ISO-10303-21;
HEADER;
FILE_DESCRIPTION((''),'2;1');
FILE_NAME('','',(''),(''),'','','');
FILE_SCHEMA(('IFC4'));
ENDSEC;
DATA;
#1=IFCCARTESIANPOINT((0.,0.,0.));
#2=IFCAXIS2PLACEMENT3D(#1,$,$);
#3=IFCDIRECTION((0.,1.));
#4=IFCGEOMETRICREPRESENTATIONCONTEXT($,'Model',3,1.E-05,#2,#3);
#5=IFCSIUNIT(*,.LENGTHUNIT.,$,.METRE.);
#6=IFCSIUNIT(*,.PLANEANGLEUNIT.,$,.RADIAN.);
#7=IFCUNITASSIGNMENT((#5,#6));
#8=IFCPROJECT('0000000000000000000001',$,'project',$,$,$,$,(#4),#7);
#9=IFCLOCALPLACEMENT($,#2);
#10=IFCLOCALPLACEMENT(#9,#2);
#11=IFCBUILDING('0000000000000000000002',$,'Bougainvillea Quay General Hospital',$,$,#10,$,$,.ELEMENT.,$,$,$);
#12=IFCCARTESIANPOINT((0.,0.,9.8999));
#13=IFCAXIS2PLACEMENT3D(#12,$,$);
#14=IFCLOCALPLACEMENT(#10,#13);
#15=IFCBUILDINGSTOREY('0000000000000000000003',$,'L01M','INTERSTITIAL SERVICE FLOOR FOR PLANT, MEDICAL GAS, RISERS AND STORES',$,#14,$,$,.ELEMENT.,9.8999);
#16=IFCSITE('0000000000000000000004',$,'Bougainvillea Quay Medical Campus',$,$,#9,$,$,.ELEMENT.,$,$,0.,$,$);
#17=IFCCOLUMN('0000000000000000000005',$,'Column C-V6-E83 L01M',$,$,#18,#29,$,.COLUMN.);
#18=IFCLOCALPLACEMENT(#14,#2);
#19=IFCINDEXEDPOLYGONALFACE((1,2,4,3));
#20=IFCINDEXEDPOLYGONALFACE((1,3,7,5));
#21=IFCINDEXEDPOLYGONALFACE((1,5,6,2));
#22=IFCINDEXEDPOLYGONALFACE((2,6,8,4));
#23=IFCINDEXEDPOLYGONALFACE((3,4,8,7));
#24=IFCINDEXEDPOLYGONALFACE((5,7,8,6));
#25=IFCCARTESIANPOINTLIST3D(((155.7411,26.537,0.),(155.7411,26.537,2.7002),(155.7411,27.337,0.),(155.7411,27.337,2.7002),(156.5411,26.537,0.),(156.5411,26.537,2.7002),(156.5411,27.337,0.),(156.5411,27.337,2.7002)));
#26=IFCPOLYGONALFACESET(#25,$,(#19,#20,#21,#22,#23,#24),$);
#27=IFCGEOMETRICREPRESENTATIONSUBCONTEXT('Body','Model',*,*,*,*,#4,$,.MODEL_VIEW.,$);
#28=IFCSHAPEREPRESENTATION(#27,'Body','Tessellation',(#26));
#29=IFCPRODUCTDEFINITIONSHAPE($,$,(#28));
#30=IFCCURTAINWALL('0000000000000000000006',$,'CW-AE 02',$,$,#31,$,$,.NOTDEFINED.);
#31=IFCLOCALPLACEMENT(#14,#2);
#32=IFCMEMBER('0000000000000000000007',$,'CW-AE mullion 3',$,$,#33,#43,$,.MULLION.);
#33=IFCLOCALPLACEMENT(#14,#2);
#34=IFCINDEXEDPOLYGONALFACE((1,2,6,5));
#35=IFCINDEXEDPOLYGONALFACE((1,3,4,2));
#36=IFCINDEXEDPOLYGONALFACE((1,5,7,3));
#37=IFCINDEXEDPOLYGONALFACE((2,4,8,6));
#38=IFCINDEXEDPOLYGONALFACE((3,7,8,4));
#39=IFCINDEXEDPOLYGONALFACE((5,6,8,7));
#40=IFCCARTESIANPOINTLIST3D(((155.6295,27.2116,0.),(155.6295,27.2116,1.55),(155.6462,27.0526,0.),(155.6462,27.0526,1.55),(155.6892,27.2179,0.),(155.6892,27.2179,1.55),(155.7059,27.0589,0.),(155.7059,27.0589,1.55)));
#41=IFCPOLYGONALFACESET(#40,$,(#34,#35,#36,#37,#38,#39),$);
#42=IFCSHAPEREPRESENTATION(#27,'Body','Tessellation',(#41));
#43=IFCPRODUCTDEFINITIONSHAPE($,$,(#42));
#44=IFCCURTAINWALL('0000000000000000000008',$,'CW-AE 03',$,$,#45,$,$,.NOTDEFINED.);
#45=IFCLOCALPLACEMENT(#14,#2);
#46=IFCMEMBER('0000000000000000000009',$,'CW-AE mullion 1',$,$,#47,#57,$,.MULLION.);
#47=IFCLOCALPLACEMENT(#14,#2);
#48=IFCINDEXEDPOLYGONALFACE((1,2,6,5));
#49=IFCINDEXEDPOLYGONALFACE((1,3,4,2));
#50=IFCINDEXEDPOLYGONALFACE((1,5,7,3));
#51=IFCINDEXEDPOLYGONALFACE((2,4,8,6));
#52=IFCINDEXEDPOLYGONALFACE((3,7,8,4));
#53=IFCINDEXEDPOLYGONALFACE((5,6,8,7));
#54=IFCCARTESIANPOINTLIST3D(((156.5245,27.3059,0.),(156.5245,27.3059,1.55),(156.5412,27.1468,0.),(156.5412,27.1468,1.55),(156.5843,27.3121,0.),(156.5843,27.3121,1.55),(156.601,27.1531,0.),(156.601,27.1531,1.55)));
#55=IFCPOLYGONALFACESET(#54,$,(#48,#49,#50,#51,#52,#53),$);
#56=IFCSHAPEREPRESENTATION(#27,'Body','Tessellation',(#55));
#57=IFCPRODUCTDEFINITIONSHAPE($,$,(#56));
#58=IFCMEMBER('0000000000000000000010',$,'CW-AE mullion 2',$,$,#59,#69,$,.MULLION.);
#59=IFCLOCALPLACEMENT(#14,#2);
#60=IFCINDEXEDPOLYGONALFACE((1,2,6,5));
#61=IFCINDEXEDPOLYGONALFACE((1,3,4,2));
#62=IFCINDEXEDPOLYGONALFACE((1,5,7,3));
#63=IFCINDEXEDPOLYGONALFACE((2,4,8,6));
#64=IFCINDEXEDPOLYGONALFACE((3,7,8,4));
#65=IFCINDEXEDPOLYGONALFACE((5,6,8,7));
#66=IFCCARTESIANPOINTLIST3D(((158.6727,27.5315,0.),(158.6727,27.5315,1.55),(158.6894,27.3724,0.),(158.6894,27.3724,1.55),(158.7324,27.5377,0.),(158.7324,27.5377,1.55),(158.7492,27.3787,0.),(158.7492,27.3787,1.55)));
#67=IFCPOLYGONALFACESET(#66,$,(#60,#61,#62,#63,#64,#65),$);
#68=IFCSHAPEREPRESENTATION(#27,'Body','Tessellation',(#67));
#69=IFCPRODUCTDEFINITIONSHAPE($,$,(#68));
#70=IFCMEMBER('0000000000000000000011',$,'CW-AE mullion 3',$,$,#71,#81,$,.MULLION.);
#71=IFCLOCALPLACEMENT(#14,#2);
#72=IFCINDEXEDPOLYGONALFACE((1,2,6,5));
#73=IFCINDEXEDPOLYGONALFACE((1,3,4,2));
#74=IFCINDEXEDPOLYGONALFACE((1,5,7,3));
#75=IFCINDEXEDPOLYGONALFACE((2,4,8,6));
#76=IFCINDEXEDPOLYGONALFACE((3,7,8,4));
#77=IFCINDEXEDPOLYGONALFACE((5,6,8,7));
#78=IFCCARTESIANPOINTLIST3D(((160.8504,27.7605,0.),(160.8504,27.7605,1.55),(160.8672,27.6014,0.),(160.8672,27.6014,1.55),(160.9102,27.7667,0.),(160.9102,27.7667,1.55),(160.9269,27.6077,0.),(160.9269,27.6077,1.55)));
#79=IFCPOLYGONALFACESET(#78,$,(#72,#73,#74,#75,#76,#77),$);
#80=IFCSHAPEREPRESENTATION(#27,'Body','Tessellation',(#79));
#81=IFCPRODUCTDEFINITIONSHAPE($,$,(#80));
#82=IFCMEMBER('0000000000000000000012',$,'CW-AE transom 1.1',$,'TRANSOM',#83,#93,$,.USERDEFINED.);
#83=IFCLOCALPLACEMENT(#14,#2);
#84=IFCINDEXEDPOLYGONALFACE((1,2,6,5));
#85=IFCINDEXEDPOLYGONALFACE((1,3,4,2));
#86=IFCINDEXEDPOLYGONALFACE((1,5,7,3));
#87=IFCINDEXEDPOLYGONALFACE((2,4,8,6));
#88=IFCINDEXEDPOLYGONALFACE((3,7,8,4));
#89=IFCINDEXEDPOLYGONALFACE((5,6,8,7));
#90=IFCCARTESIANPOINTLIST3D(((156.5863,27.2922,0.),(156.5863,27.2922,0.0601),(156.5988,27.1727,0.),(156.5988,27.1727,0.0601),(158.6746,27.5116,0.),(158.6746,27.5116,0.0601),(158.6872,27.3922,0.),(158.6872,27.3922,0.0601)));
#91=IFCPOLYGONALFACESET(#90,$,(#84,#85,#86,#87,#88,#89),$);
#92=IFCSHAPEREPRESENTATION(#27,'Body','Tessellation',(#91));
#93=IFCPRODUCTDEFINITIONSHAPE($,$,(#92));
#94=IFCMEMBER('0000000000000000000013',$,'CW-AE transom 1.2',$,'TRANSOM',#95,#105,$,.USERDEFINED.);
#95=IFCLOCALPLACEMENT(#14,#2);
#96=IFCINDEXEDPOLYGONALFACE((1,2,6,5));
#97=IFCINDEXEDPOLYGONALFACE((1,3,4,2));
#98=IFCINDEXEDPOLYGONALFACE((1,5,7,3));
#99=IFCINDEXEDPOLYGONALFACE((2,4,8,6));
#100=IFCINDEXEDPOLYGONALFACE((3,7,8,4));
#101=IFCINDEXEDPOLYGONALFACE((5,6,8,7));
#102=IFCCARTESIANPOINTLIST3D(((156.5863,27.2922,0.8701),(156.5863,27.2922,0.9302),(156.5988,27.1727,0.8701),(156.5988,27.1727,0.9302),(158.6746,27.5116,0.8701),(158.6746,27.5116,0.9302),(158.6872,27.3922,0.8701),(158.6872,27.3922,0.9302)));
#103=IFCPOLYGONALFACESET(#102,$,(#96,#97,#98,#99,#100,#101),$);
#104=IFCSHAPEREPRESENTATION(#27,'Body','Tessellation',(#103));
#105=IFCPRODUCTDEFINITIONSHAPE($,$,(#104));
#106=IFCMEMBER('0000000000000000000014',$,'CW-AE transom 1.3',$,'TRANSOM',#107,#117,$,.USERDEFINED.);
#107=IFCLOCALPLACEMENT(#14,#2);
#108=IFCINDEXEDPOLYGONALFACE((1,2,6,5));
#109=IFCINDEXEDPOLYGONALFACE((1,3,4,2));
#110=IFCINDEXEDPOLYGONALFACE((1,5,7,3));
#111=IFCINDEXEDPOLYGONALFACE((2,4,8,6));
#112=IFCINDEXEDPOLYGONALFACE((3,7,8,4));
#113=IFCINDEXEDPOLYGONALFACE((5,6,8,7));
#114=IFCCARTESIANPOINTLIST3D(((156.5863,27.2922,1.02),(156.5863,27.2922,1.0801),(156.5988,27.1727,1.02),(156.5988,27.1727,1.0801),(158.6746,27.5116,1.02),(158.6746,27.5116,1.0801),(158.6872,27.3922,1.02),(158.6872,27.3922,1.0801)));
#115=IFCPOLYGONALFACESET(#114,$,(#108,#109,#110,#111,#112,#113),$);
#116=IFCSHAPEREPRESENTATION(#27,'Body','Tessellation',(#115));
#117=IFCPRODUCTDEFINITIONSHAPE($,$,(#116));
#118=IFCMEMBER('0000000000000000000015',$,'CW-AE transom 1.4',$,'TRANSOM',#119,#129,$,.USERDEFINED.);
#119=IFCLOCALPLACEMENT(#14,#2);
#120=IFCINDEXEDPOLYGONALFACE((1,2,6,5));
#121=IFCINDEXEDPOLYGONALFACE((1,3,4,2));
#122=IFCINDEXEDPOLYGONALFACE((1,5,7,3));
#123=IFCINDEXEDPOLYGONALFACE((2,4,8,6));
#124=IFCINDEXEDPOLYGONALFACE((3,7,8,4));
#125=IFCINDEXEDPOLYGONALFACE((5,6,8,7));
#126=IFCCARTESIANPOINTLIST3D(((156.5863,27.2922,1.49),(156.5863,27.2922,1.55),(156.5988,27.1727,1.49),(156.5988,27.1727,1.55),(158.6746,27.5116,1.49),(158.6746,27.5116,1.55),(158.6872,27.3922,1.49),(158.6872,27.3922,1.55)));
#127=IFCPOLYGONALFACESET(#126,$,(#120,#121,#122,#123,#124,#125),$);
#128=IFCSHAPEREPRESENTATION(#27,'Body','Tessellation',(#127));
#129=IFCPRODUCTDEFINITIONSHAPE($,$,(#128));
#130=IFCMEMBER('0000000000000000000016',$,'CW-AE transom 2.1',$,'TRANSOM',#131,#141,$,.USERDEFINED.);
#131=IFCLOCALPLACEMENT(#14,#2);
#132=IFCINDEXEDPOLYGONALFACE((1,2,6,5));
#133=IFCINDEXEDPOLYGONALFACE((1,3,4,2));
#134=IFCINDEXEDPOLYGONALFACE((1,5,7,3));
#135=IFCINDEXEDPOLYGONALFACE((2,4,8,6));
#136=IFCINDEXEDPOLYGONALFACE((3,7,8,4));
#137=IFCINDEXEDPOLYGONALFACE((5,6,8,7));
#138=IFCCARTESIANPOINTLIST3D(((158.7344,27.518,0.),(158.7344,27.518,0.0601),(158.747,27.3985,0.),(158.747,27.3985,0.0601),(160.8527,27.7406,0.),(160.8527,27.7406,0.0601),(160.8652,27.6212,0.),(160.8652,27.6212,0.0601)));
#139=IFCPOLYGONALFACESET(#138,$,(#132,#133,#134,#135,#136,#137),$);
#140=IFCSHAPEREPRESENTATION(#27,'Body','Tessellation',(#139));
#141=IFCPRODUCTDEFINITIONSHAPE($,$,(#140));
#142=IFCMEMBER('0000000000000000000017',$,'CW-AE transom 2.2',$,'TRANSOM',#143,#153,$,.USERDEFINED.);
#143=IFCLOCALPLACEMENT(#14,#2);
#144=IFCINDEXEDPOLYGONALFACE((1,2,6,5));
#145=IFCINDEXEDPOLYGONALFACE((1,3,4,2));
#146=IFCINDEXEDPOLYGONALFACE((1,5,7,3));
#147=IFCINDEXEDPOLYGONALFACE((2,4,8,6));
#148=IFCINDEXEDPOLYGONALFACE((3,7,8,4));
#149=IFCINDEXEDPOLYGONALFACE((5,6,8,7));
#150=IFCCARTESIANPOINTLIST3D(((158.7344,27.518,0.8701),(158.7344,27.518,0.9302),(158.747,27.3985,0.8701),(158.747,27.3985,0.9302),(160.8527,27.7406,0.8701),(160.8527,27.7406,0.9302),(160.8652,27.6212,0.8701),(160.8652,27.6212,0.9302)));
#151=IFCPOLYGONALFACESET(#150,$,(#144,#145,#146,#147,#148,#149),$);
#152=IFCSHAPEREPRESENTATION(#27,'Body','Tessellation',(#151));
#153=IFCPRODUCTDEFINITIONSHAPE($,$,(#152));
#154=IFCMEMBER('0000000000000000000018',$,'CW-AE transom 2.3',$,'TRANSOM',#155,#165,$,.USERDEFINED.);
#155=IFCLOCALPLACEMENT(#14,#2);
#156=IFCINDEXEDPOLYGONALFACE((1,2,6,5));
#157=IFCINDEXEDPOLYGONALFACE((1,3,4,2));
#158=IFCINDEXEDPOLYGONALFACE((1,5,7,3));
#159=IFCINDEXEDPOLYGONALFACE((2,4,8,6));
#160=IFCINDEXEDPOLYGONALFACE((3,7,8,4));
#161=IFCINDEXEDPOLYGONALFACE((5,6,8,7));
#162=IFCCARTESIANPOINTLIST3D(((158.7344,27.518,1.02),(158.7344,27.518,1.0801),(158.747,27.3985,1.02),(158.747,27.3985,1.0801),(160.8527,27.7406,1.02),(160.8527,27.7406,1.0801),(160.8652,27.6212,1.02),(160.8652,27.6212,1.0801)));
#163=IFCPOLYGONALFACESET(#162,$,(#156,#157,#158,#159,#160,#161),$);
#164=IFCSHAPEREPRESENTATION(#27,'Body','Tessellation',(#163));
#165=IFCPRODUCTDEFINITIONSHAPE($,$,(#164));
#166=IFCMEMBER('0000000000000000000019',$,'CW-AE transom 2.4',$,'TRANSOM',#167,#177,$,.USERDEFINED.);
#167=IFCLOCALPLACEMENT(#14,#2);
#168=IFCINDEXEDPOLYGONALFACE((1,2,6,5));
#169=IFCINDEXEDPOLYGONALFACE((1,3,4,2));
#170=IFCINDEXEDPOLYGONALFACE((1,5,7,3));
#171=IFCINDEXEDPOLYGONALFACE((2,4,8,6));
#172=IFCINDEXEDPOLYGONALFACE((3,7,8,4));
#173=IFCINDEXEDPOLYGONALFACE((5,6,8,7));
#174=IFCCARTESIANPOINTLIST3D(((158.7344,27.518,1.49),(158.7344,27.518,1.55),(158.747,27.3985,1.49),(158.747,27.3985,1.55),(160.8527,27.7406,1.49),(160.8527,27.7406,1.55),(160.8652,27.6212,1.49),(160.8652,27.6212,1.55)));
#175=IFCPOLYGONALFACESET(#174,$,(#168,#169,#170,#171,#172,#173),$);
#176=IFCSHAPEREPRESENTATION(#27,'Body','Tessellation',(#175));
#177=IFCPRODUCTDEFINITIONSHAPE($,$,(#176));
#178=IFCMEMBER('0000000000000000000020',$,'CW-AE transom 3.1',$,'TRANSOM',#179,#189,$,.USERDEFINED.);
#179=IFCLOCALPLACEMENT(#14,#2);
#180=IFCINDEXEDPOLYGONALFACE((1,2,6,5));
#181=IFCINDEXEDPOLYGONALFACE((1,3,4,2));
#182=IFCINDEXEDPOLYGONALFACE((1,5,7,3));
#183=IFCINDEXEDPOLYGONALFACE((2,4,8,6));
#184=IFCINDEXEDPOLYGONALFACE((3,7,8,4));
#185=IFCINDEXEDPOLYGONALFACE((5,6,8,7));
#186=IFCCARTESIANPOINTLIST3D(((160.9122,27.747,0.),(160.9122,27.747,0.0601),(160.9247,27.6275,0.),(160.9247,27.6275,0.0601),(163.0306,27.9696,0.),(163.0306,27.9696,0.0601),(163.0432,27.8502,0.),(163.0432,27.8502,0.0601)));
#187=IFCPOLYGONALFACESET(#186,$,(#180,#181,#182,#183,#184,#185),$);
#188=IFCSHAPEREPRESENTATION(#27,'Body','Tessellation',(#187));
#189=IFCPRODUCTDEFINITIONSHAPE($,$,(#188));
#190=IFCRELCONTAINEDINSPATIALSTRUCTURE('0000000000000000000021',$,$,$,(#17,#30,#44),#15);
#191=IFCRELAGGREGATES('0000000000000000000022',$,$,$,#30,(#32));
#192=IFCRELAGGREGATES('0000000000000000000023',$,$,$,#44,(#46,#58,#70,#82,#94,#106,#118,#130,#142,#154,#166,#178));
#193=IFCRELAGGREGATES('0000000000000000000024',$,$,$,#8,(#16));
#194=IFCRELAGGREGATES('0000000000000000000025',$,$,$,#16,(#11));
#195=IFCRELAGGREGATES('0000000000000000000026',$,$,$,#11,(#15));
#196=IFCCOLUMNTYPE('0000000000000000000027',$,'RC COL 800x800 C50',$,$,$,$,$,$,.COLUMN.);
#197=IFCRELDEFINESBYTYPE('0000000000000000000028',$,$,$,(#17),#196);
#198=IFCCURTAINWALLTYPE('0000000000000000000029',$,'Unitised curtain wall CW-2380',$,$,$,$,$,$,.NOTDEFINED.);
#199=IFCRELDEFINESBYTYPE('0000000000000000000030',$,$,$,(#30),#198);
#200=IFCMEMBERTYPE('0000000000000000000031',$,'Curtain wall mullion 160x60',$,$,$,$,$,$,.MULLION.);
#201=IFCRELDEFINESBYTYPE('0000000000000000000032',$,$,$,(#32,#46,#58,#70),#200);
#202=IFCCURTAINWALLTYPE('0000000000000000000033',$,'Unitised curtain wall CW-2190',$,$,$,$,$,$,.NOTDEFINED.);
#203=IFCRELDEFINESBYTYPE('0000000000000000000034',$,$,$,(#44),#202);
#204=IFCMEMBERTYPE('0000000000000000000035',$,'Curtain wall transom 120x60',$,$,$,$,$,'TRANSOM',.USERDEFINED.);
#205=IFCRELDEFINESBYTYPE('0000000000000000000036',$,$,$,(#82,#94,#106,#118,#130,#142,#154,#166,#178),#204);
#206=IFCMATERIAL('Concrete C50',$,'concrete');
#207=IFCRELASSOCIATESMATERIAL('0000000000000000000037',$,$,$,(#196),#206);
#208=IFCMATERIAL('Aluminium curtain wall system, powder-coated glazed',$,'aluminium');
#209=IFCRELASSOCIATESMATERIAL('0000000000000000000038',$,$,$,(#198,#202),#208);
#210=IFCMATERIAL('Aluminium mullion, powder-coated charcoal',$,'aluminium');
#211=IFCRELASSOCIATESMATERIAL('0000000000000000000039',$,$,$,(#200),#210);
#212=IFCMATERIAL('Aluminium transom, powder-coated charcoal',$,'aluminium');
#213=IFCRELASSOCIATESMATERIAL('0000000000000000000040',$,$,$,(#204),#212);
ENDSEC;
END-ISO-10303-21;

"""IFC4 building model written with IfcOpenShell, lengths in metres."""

from ifc_helpers import new_model, si_unit, direction, frame, origin, origin_2d, place, context, subcontext, project, spatial, rectangle, extrude, material, material_profile, profile_set, type_object, element, aggregate, save


model = new_model("IFC4")

# Units and contexts
model_context = context("Model", 3, precision=1e-05, world=origin(), true_north=direction((0.0, 1.0)))
body_context = subcontext(model_context, "Body", "Model", "MODEL_VIEW")
ifc_project = project(units=[si_unit("LENGTHUNIT", "METRE"), si_unit("PLANEANGLEUNIT", "RADIAN")], contexts=[model_context])

# Site, building, storey
site_placement = place(None, origin())
site = spatial("IfcSite", under=ifc_project, at=site_placement, Name="Bougainvillea Quay Medical Campus", CompositionType="ELEMENT", RefElevation=0.0)
building_placement = place(site_placement, origin())
building = spatial("IfcBuilding", under=site, at=building_placement, Name="Bougainvillea Quay General Hospital", CompositionType="ELEMENT")
storey_placement = place(building_placement, frame((0.0, 0.0, 9.8999)))
storey = spatial("IfcBuildingStorey", under=building, at=storey_placement, Name="L01M", Description="INTERSTITIAL SERVICE FLOOR FOR PLANT, MEDICAL GAS, RISERS AND STORES", CompositionType="ELEMENT", Elevation=9.8999)

# Column
ifc_material_1 = material(Name="Concrete C50", Category="concrete")
ifc_material_profile_1 = material_profile(ifc_material_1, rectangle(XDim=0.8, YDim=0.8, at=origin_2d()))
ifc_profile_set_1 = profile_set([ifc_material_profile_1], Name="Concrete C50")
column_type = type_object("IfcColumnType", Name="RC COL 800x800 C50", PredefinedType="COLUMN", material=ifc_profile_set_1)
column_placement = place(storey_placement, frame((156.1411, 26.937, 0.0), z_axis=(0.0, 0.0, 1.0), x_axis=(1.0, 0.0, 0.0)))
element("IfcColumn", 1, at=column_placement, inside=storey, type_object=column_type, Name="Column C-V6-E83 L01M", PredefinedType="COLUMN", context=body_context, shape_type="SweptSolid", body=[
    extrude(rectangle(XDim=0.8, YDim=0.8, at=origin_2d()), origin(), (0.0, 0.0, 1.0), 2.7002),
])

# Curtain wall, member
ifc_material_2 = material(Name="Aluminium curtain wall system, powder-coated glazed", Category="aluminium")
curtain_wall_type_1 = type_object("IfcCurtainWallType", Name="Unitised curtain wall CW-2380", PredefinedType="NOTDEFINED", material=ifc_material_2)
curtain_wall_1_placement = place(storey_placement, origin())
curtain_wall_1 = element("IfcCurtainWall", 2, at=curtain_wall_1_placement, inside=storey, type_object=curtain_wall_type_1, Name="CW-AE 02", PredefinedType="NOTDEFINED")
ifc_material_3 = material(Name="Aluminium mullion, powder-coated charcoal", Category="aluminium")
ifc_material_profile_2 = material_profile(ifc_material_3, rectangle(XDim=0.1599, YDim=0.0601, at=origin_2d()))
ifc_profile_set_2 = profile_set([ifc_material_profile_2], Name="Aluminium mullion, powder-coated charcoal")
member_type_1 = type_object("IfcMemberType", Name="Curtain wall mullion 160x60", PredefinedType="MULLION", material=ifc_profile_set_2)
member_1_placement = place(storey_placement, frame((155.6677, 27.1353, 0.0), z_axis=(0.0, 0.0, 1.0), x_axis=(-0.104527, 0.994522, 0.0)))
member_1 = element("IfcMember", 3, at=member_1_placement, type_object=member_type_1, Name="CW-AE mullion 3", PredefinedType="MULLION", context=body_context, shape_type="SweptSolid", body=[
    extrude(rectangle(XDim=0.1599, YDim=0.0601, at=origin_2d()), origin(), (0.0, 0.0, 1.0), 1.55),
])

# Curtain wall, members
curtain_wall_type_2 = type_object("IfcCurtainWallType", Name="Unitised curtain wall CW-2190", PredefinedType="NOTDEFINED", material=ifc_material_2)
curtain_wall_2_placement = place(storey_placement, origin())
curtain_wall_2 = element("IfcCurtainWall", 4, at=curtain_wall_2_placement, inside=storey, type_object=curtain_wall_type_2, Name="CW-AE 03", PredefinedType="NOTDEFINED")
member_2_placement = place(storey_placement, frame((156.5627, 27.2295, 0.0), z_axis=(0.0, 0.0, 1.0), x_axis=(-0.104527, 0.994522, 0.0)))
member_2 = element("IfcMember", 5, at=member_2_placement, type_object=member_type_1, Name="CW-AE mullion 1", PredefinedType="MULLION", context=body_context, shape_type="SweptSolid", body=[
    extrude(rectangle(XDim=0.1599, YDim=0.0601, at=origin_2d()), origin(), (0.0, 0.0, 1.0), 1.55),
])
member_3_placement = place(storey_placement, frame((158.7109, 27.4551, 0.0), z_axis=(0.0, 0.0, 1.0), x_axis=(-0.104527, 0.994522, 0.0)))
member_3 = element("IfcMember", 6, at=member_3_placement, type_object=member_type_1, Name="CW-AE mullion 2", PredefinedType="MULLION", context=body_context, shape_type="SweptSolid", body=[
    extrude(rectangle(XDim=0.1599, YDim=0.0601, at=origin_2d()), origin(), (0.0, 0.0, 1.0), 1.55),
])
member_4_placement = place(storey_placement, frame((160.8887, 27.6841, 0.0), z_axis=(0.0, 0.0, 1.0), x_axis=(-0.104527, 0.994522, 0.0)))
member_4 = element("IfcMember", 7, at=member_4_placement, type_object=member_type_1, Name="CW-AE mullion 3", PredefinedType="MULLION", context=body_context, shape_type="SweptSolid", body=[
    extrude(rectangle(XDim=0.1599, YDim=0.0601, at=origin_2d()), origin(), (0.0, 0.0, 1.0), 1.55),
])
ifc_material_4 = material(Name="Aluminium transom, powder-coated charcoal", Category="aluminium")
ifc_material_profile_3 = material_profile(ifc_material_4, rectangle(XDim=0.1201, YDim=0.0601, at=origin_2d()))
ifc_profile_set_3 = profile_set([ifc_material_profile_3], Name="Aluminium transom, powder-coated charcoal")
member_type_2 = type_object("IfcMemberType", Name="Curtain wall transom 120x60", ElementType="TRANSOM", PredefinedType="USERDEFINED", material=ifc_profile_set_3)
member_5_placement = place(storey_placement, frame((156.5925, 27.2324, 0.03), z_axis=(0.994523, 0.104521, 0.0), x_axis=(-0.104521, 0.994523, 0.0)))
member_5 = element("IfcMember", 8, at=member_5_placement, type_object=member_type_2, Name="CW-AE transom 1.1", ObjectType="TRANSOM", PredefinedType="USERDEFINED", context=body_context, shape_type="SweptSolid", body=[
    extrude(rectangle(XDim=0.1201, YDim=0.0601, at=origin_2d()), origin(), (0.0, 0.0, 1.0), 2.0999),
])
member_6_placement = place(storey_placement, frame((156.5925, 27.2324, 0.9001), z_axis=(0.994523, 0.104521, 0.0), x_axis=(-0.104521, 0.994523, 0.0)))
member_6 = element("IfcMember", 9, at=member_6_placement, type_object=member_type_2, Name="CW-AE transom 1.2", ObjectType="TRANSOM", PredefinedType="USERDEFINED", context=body_context, shape_type="SweptSolid", body=[
    extrude(rectangle(XDim=0.1201, YDim=0.0601, at=origin_2d()), origin(), (0.0, 0.0, 1.0), 2.0999),
])
member_7_placement = place(storey_placement, frame((156.5925, 27.2324, 1.05), z_axis=(0.994523, 0.104521, 0.0), x_axis=(-0.104521, 0.994523, 0.0)))
member_7 = element("IfcMember", 10, at=member_7_placement, type_object=member_type_2, Name="CW-AE transom 1.3", ObjectType="TRANSOM", PredefinedType="USERDEFINED", context=body_context, shape_type="SweptSolid", body=[
    extrude(rectangle(XDim=0.1201, YDim=0.0601, at=origin_2d()), origin(), (0.0, 0.0, 1.0), 2.0999),
])
member_8_placement = place(storey_placement, frame((156.5925, 27.2324, 1.52), z_axis=(0.994523, 0.104521, 0.0), x_axis=(-0.104521, 0.994523, 0.0)))
member_8 = element("IfcMember", 11, at=member_8_placement, type_object=member_type_2, Name="CW-AE transom 1.4", ObjectType="TRANSOM", PredefinedType="USERDEFINED", context=body_context, shape_type="SweptSolid", body=[
    extrude(rectangle(XDim=0.1201, YDim=0.0601, at=origin_2d()), origin(), (0.0, 0.0, 1.0), 2.0999),
])
member_9_placement = place(storey_placement, frame((158.7407, 27.4583, 0.03), z_axis=(0.994521, 0.104542, 0.0), x_axis=(-0.104542, 0.994521, 0.0)))
member_9 = element("IfcMember", 12, at=member_9_placement, type_object=member_type_2, Name="CW-AE transom 2.1", ObjectType="TRANSOM", PredefinedType="USERDEFINED", context=body_context, shape_type="SweptSolid", body=[
    extrude(rectangle(XDim=0.1201, YDim=0.0601, at=origin_2d()), origin(), (0.0, 0.0, 1.0), 2.1299),
])
member_10_placement = place(storey_placement, frame((158.7407, 27.4583, 0.9001), z_axis=(0.994521, 0.104542, 0.0), x_axis=(-0.104542, 0.994521, 0.0)))
member_10 = element("IfcMember", 13, at=member_10_placement, type_object=member_type_2, Name="CW-AE transom 2.2", ObjectType="TRANSOM", PredefinedType="USERDEFINED", context=body_context, shape_type="SweptSolid", body=[
    extrude(rectangle(XDim=0.1201, YDim=0.0601, at=origin_2d()), origin(), (0.0, 0.0, 1.0), 2.1299),
])
member_11_placement = place(storey_placement, frame((158.7407, 27.4583, 1.05), z_axis=(0.994521, 0.104542, 0.0), x_axis=(-0.104542, 0.994521, 0.0)))
member_11 = element("IfcMember", 14, at=member_11_placement, type_object=member_type_2, Name="CW-AE transom 2.3", ObjectType="TRANSOM", PredefinedType="USERDEFINED", context=body_context, shape_type="SweptSolid", body=[
    extrude(rectangle(XDim=0.1201, YDim=0.0601, at=origin_2d()), origin(), (0.0, 0.0, 1.0), 2.1299),
])
member_12_placement = place(storey_placement, frame((158.7407, 27.4583, 1.52), z_axis=(0.994521, 0.104542, 0.0), x_axis=(-0.104542, 0.994521, 0.0)))
member_12 = element("IfcMember", 15, at=member_12_placement, type_object=member_type_2, Name="CW-AE transom 2.4", ObjectType="TRANSOM", PredefinedType="USERDEFINED", context=body_context, shape_type="SweptSolid", body=[
    extrude(rectangle(XDim=0.1201, YDim=0.0601, at=origin_2d()), origin(), (0.0, 0.0, 1.0), 2.1299),
])
member_13_placement = place(storey_placement, frame((160.9185, 27.6873, 0.03), z_axis=(0.994522, 0.10453, 0.0), x_axis=(-0.10453, 0.994522, 0.0)))
member_13 = element("IfcMember", 16, at=member_13_placement, type_object=member_type_2, Name="CW-AE transom 3.1", ObjectType="TRANSOM", PredefinedType="USERDEFINED", context=body_context, shape_type="SweptSolid", body=[
    extrude(rectangle(XDim=0.1201, YDim=0.0601, at=origin_2d()), origin(), (0.0, 0.0, 1.0), 2.1301),
])

aggregate(curtain_wall_1, [member_1])
aggregate(curtain_wall_2, [member_2, member_3, member_4, member_5, member_6, member_7, member_8, member_9, member_10, member_11, member_12, member_13])

save(model, "model.ifc")
